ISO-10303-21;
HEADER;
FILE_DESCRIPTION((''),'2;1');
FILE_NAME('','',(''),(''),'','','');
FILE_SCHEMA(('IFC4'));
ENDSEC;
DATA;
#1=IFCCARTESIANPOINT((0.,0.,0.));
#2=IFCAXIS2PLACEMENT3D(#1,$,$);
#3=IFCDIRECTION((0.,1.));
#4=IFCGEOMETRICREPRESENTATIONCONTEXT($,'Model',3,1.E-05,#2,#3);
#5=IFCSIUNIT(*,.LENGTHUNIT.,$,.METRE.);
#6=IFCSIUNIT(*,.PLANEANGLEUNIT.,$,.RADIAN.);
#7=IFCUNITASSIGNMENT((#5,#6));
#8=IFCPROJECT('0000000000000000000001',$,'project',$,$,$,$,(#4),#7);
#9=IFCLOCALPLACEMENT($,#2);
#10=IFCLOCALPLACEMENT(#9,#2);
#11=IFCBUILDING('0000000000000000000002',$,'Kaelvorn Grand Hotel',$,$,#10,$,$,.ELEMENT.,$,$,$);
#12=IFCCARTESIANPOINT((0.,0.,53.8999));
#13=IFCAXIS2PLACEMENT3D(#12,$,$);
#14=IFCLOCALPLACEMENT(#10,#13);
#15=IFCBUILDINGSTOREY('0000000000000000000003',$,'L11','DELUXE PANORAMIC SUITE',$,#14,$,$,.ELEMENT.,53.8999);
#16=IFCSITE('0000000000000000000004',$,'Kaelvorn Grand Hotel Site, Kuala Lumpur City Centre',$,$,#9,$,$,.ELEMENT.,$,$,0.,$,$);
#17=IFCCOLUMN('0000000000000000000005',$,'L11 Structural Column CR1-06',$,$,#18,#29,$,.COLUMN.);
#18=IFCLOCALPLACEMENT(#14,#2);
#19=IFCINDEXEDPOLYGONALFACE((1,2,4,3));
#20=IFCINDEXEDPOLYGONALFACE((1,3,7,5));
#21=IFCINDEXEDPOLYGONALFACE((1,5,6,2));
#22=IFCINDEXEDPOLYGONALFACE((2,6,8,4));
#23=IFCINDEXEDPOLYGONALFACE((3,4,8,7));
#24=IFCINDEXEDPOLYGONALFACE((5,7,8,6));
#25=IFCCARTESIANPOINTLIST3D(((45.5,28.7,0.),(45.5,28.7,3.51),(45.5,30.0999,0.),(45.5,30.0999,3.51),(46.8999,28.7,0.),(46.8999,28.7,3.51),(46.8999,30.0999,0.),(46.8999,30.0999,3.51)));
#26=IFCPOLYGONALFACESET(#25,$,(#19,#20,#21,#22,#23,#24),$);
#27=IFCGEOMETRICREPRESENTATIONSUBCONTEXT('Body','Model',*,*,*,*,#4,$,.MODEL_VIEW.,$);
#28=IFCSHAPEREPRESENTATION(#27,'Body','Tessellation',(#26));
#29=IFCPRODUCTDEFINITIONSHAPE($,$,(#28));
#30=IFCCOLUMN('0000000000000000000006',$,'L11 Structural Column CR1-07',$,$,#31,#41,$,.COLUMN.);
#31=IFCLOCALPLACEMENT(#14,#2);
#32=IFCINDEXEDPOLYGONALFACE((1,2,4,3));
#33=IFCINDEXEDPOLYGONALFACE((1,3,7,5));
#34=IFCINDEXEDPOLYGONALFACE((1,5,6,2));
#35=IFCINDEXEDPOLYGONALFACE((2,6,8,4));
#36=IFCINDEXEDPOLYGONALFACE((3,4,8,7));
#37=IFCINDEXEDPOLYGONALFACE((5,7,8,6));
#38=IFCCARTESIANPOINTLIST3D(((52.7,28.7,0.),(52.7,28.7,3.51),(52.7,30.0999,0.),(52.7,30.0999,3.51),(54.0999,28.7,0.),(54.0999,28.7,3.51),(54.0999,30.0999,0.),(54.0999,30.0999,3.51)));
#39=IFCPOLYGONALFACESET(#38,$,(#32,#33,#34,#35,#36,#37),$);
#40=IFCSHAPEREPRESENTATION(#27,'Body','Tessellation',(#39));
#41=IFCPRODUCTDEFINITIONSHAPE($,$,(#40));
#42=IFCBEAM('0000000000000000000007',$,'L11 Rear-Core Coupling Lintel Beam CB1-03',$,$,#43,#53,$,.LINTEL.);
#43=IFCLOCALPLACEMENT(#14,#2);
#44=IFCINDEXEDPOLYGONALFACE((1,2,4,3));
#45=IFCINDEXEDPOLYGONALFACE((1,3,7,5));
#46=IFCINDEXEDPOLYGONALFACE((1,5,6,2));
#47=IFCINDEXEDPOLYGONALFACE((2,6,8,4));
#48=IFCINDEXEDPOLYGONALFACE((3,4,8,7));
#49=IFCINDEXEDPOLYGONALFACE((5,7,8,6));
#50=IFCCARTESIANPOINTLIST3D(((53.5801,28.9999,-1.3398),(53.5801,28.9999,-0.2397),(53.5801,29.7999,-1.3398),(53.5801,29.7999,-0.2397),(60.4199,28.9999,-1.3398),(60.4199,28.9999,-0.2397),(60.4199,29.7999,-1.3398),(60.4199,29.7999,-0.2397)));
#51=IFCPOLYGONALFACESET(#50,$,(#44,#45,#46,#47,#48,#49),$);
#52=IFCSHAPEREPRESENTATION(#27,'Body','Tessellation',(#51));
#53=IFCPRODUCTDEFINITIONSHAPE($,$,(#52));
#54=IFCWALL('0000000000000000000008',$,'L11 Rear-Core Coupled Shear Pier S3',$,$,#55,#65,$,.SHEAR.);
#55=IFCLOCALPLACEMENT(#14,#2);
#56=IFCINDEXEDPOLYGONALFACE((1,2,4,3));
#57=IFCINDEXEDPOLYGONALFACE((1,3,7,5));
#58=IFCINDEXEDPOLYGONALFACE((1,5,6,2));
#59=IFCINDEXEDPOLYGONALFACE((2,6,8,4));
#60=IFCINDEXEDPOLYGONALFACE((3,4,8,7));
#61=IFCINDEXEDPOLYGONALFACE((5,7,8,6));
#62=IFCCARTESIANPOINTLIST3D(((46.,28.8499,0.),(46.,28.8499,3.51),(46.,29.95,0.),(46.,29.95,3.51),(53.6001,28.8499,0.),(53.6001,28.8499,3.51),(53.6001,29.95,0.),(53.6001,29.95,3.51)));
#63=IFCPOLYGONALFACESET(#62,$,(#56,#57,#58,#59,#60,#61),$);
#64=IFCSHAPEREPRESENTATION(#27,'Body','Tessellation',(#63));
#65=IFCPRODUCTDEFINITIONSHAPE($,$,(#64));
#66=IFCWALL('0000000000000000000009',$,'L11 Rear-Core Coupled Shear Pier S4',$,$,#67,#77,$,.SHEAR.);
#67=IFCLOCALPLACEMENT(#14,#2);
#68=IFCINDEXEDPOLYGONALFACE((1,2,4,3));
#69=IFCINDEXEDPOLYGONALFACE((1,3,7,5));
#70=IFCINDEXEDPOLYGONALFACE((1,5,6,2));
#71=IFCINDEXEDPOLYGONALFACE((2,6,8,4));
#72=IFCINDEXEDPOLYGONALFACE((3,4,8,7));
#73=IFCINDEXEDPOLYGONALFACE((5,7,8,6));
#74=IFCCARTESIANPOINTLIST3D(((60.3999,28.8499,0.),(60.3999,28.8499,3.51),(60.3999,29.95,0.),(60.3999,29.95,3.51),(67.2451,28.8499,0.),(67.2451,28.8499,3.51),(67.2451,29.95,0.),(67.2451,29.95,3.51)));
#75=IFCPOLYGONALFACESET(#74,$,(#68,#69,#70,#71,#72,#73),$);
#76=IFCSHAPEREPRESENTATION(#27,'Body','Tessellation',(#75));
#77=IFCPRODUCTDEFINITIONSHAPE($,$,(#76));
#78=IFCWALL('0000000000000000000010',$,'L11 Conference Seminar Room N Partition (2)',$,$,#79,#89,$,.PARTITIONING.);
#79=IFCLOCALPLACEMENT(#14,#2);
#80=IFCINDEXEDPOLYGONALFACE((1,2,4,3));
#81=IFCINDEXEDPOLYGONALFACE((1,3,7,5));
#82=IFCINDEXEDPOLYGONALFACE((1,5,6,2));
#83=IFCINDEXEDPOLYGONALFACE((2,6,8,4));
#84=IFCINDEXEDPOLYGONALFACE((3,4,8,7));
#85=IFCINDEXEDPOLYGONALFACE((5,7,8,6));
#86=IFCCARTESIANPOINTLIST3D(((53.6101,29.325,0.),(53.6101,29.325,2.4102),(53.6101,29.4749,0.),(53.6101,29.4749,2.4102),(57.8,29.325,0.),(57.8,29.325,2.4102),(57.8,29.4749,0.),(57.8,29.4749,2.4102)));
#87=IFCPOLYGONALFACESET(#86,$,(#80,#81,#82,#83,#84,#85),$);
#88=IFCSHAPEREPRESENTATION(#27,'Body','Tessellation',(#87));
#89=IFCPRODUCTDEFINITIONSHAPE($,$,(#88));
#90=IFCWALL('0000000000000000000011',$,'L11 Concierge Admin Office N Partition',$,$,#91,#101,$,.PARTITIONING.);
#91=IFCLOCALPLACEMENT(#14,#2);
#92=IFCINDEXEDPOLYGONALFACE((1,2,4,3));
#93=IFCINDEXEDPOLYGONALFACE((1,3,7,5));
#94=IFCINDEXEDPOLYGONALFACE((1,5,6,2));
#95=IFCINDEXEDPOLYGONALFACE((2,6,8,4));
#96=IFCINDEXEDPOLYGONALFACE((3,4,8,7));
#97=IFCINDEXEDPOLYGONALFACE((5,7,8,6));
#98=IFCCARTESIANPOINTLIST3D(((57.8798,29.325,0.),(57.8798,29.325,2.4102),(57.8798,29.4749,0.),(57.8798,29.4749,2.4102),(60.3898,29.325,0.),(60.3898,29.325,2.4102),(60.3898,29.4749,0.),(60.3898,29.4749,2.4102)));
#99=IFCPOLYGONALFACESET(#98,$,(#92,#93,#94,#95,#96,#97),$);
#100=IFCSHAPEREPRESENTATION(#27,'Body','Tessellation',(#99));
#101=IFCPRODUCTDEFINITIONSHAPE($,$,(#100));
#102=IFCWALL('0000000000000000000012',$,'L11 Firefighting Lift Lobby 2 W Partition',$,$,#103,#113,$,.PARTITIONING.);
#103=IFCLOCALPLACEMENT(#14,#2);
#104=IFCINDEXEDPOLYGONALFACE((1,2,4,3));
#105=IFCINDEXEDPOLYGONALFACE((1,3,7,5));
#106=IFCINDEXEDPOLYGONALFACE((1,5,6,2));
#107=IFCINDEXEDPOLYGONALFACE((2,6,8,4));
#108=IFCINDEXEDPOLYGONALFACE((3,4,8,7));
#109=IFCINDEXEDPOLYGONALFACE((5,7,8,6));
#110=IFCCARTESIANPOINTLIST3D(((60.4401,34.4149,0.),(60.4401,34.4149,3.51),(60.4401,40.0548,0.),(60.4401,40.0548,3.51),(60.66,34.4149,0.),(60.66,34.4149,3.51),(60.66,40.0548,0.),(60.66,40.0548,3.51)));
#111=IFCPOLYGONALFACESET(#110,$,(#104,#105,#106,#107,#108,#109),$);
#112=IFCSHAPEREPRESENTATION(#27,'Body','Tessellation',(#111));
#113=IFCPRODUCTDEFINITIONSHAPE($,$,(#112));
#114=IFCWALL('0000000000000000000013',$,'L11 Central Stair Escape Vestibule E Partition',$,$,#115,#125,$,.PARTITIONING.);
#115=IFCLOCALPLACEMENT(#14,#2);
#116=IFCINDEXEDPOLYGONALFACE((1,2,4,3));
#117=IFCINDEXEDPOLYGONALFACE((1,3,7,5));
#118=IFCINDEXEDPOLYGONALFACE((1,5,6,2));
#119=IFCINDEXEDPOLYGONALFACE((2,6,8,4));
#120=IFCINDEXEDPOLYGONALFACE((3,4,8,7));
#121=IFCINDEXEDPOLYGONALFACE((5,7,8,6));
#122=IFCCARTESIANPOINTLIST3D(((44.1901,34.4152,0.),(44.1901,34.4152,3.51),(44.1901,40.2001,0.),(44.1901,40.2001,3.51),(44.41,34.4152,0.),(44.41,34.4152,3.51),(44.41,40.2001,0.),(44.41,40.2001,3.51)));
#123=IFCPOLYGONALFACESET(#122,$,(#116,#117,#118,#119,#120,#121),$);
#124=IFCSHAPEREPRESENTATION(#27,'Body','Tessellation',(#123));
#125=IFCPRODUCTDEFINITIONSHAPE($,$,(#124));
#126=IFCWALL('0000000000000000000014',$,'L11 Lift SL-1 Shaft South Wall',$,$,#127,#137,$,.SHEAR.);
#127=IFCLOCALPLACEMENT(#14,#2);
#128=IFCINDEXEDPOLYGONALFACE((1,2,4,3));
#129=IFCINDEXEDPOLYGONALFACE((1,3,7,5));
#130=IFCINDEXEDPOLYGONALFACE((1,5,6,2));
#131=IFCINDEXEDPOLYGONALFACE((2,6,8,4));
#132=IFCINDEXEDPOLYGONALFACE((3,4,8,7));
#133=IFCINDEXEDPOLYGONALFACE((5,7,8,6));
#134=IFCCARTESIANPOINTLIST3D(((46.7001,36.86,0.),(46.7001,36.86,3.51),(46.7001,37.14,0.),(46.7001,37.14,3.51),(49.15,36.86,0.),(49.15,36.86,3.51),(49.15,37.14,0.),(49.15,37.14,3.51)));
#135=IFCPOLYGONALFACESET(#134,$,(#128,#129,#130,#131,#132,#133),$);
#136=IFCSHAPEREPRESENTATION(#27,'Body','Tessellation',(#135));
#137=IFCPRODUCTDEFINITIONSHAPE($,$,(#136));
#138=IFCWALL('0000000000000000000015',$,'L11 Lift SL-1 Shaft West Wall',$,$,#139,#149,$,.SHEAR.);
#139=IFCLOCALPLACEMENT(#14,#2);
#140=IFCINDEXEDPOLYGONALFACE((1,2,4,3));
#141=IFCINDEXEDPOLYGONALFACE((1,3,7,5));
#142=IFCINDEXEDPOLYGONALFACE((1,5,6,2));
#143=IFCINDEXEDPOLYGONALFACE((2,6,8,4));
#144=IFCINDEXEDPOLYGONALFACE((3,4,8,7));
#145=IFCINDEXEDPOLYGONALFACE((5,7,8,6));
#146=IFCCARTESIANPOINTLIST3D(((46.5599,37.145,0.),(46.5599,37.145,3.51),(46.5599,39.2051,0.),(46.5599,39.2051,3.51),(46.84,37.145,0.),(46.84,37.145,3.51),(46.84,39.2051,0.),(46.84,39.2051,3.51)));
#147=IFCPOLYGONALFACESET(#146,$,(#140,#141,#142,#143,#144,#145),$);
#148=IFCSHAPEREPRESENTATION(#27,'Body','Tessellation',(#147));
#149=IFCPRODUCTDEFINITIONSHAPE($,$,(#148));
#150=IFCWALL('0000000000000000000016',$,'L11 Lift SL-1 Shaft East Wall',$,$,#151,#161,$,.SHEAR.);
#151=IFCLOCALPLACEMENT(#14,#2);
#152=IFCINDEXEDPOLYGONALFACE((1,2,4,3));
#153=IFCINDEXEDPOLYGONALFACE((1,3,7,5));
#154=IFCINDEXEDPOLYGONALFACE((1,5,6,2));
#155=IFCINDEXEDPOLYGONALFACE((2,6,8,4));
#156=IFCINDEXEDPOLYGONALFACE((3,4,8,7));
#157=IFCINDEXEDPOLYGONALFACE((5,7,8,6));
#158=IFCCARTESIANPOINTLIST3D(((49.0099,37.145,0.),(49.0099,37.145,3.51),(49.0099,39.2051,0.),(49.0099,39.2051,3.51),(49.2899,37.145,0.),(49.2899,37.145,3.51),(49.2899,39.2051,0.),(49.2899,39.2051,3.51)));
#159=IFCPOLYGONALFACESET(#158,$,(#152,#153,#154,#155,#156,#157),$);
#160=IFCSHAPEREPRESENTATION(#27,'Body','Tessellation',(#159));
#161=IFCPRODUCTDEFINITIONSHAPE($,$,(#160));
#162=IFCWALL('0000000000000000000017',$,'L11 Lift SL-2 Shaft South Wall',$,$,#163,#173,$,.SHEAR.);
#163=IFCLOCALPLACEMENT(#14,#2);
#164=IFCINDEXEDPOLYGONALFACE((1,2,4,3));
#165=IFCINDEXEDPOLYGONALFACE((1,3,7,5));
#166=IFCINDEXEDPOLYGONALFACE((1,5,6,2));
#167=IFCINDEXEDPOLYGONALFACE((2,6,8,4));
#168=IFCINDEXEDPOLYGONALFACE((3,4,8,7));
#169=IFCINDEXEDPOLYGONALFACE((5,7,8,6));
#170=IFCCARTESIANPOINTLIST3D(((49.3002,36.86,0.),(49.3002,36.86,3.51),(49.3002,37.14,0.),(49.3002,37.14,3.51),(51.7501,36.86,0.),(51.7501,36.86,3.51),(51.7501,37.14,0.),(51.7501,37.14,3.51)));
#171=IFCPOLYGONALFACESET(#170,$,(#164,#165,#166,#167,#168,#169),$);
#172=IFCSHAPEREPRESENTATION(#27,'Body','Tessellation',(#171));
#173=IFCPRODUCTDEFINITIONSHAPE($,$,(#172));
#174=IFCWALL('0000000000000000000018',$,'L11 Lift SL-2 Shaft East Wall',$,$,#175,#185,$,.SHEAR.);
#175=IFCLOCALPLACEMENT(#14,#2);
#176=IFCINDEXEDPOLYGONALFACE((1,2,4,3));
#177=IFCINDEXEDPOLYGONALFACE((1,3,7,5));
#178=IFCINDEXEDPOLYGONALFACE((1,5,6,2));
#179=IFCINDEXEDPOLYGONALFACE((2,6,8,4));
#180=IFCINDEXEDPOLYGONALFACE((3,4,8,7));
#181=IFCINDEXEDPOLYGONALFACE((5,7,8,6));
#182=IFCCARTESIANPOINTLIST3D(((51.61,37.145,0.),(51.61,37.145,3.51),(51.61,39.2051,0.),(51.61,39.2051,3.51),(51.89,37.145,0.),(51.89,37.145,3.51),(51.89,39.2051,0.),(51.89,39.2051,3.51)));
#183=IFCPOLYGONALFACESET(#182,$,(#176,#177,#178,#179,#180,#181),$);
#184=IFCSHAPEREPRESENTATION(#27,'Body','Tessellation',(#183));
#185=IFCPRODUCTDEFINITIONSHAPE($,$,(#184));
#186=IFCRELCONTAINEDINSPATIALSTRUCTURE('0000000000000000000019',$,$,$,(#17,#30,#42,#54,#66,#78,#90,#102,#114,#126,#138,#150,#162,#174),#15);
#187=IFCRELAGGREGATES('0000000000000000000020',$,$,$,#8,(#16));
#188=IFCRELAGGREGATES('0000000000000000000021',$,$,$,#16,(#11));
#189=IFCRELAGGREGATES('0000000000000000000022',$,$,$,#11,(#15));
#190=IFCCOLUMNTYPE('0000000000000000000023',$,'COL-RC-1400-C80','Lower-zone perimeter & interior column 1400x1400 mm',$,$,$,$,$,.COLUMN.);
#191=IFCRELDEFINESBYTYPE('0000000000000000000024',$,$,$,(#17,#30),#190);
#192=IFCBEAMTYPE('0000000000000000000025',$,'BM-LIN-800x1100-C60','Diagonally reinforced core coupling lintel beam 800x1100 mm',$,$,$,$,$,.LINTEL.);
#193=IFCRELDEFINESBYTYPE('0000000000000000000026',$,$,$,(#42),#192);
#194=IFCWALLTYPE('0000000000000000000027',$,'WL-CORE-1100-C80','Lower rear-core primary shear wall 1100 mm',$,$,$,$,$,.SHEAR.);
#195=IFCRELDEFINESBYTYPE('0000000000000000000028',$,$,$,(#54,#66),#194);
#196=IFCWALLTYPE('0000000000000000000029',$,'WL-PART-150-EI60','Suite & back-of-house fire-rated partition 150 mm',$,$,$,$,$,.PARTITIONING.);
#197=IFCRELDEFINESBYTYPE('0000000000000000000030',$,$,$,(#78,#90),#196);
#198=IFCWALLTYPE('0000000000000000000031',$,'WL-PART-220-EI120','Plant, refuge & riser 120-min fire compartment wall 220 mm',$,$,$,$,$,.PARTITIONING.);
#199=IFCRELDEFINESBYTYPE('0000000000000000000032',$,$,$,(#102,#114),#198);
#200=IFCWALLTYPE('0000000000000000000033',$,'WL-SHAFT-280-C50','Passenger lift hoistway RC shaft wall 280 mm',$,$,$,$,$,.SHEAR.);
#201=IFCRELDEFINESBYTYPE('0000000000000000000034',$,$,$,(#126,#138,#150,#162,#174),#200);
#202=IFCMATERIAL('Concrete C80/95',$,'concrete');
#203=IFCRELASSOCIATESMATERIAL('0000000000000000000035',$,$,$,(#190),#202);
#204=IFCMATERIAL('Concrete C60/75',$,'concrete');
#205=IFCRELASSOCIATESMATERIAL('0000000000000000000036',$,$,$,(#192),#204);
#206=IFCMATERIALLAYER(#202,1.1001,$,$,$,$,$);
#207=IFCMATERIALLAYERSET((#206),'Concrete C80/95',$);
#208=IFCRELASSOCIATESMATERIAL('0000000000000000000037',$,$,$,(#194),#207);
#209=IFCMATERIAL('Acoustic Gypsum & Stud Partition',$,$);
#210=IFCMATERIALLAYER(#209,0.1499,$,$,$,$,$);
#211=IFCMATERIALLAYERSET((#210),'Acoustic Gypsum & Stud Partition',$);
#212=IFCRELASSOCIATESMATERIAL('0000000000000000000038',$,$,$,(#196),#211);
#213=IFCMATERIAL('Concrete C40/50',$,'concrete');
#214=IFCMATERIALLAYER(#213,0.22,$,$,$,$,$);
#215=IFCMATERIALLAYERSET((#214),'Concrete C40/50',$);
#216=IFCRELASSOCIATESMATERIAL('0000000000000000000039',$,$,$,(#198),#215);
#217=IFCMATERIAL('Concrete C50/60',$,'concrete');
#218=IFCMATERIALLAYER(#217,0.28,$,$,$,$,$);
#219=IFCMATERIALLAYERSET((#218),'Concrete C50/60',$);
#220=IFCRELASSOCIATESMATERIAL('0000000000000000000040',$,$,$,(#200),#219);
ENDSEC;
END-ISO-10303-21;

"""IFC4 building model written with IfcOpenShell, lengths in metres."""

from ifc_helpers import new_model, si_unit, direction, frame, frame_2d, origin, origin_2d, place, context, subcontext, project, spatial, rectangle, extrude, material, layer, layer_set, material_profile, profile_set, type_object, element, save


model = new_model("IFC4")

# Units and contexts
model_context = context("Model", 3, precision=1e-05, world=origin(), true_north=direction((0.0, 1.0)))
body_context = subcontext(model_context, "Body", "Model", "MODEL_VIEW")
ifc_project = project(units=[si_unit("LENGTHUNIT", "METRE"), si_unit("PLANEANGLEUNIT", "RADIAN")], contexts=[model_context])

# Site, building, storey
site_placement = place(None, origin())
site = spatial("IfcSite", under=ifc_project, at=site_placement, Name="Kaelvorn Grand Hotel Site, Kuala Lumpur City Centre", CompositionType="ELEMENT", RefElevation=0.0)
building_placement = place(site_placement, origin())
building = spatial("IfcBuilding", under=site, at=building_placement, Name="Kaelvorn Grand Hotel", CompositionType="ELEMENT")
storey_placement = place(building_placement, frame((0.0, 0.0, 53.8999)))
storey = spatial("IfcBuildingStorey", under=building, at=storey_placement, Name="L11", Description="DELUXE PANORAMIC SUITE", CompositionType="ELEMENT", Elevation=53.8999)

# Columns
ifc_material_1 = material(Name="Concrete C80/95", Category="concrete")
ifc_material_profile_1 = material_profile(ifc_material_1, rectangle(XDim=1.3999, YDim=1.3999, at=origin_2d()), Name="RC COL 1400x1400")
ifc_profile_set_1 = profile_set([ifc_material_profile_1], Name="Concrete C80/95")
column_type = type_object("IfcColumnType", Name="COL-RC-1400-C80", Description="Lower-zone perimeter & interior column 1400x1400 mm", PredefinedType="COLUMN", material=ifc_profile_set_1)
for number, where, z_axis, x_axis, name in (
    (1, (46.2, 29.3999, 0.0), (0.0, 0.0, 1.0), (1.0, 0.0, 0.0), "L11 Structural Column CR1-06"),
    (2, (53.3999, 29.3999, 0.0), (0.0, 0.0, 1.0), (1.0, 0.0, 0.0), "L11 Structural Column CR1-07"),
):
    element("IfcColumn", number, at=place(storey_placement, frame(where, z_axis=z_axis, x_axis=x_axis)), inside=storey, type_object=column_type, Name=name, PredefinedType="COLUMN", context=body_context, shape_type="SweptSolid", body=[
        extrude(rectangle(XDim=1.3999, YDim=1.3999, at=origin_2d()), origin(), (0.0, 0.0, 1.0), 3.51),
    ])

# Beam
ifc_material_2 = material(Name="Concrete C60/75", Category="concrete")
ifc_material_profile_2 = material_profile(ifc_material_2, rectangle(XDim=0.8, YDim=1.1001, at=origin_2d()), Name="RC LINTEL 800x1100")
ifc_profile_set_2 = profile_set([ifc_material_profile_2], Name="Concrete C60/75")
beam_type = type_object("IfcBeamType", Name="BM-LIN-800x1100-C60", Description="Diagonally reinforced core coupling lintel beam 800x1100 mm", PredefinedType="LINTEL", material=ifc_profile_set_2)
beam_placement = place(storey_placement, frame((53.5801, 29.3999, -0.7898), z_axis=(1.0, 0.0, 0.0), x_axis=(0.0, 1.0, 0.0)))
element("IfcBeam", 3, at=beam_placement, inside=storey, type_object=beam_type, Name="L11 Rear-Core Coupling Lintel Beam CB1-03", PredefinedType="LINTEL", context=body_context, shape_type="SweptSolid", body=[
    extrude(rectangle(XDim=0.8, YDim=1.1001, at=origin_2d()), origin(), (0.0, 0.0, 1.0), 6.8398),
])

# Walls
ifc_layer_1 = layer(ifc_material_1, 1.1001)
ifc_layer_set_1 = layer_set([ifc_layer_1], Name="Concrete C80/95")
wall_type_1 = type_object("IfcWallType", Name="WL-CORE-1100-C80", Description="Lower rear-core primary shear wall 1100 mm", PredefinedType="SHEAR", material=ifc_layer_set_1)
wall_1_placement = place(storey_placement, frame((46.0, 29.3999, 0.0), z_axis=(0.0, 0.0, 1.0), x_axis=(1.0, 0.0, 0.0)))
element("IfcWall", 4, at=wall_1_placement, inside=storey, type_object=wall_type_1, Name="L11 Rear-Core Coupled Shear Pier S3", PredefinedType="SHEAR", context=body_context, shape_type="SweptSolid", body=[
    extrude(rectangle(XDim=7.6001, YDim=1.1001, at=frame_2d((3.8, 0.0))), origin(), (0.0, 0.0, 1.0), 3.51),
])
wall_2_placement = place(storey_placement, frame((60.3999, 29.3999, 0.0), z_axis=(0.0, 0.0, 1.0), x_axis=(1.0, 0.0, 0.0)))
element("IfcWall", 5, at=wall_2_placement, inside=storey, type_object=wall_type_1, Name="L11 Rear-Core Coupled Shear Pier S4", PredefinedType="SHEAR", context=body_context, shape_type="SweptSolid", body=[
    extrude(rectangle(XDim=6.8452, YDim=1.1001, at=frame_2d((3.4226, 0.0))), origin(), (0.0, 0.0, 1.0), 3.51),
])
ifc_material_3 = material(Name="Acoustic Gypsum & Stud Partition")
ifc_layer_2 = layer(ifc_material_3, 0.1499)
ifc_layer_set_2 = layer_set([ifc_layer_2], Name="Acoustic Gypsum & Stud Partition")
wall_type_2 = type_object("IfcWallType", Name="WL-PART-150-EI60", Description="Suite & back-of-house fire-rated partition 150 mm", PredefinedType="PARTITIONING", material=ifc_layer_set_2)
wall_3_placement = place(storey_placement, frame((53.6101, 29.3999, 0.0), z_axis=(0.0, 0.0, 1.0), x_axis=(1.0, 0.0, 0.0)))
element("IfcWall", 6, at=wall_3_placement, inside=storey, type_object=wall_type_2, Name="L11 Conference Seminar Room N Partition (2)", PredefinedType="PARTITIONING", context=body_context, shape_type="SweptSolid", body=[
    extrude(rectangle(XDim=4.1899, YDim=0.1499, at=frame_2d((2.095, 0.0))), origin(), (0.0, 0.0, 1.0), 2.4102),
])
wall_4_placement = place(storey_placement, frame((57.8799, 29.3999, 0.0), z_axis=(0.0, 0.0, 1.0), x_axis=(1.0, 0.0, 0.0)))
element("IfcWall", 7, at=wall_4_placement, inside=storey, type_object=wall_type_2, Name="L11 Concierge Admin Office N Partition", PredefinedType="PARTITIONING", context=body_context, shape_type="SweptSolid", body=[
    extrude(rectangle(XDim=2.51, YDim=0.1499, at=frame_2d((1.2549, 0.0))), origin(), (0.0, 0.0, 1.0), 2.4102),
])

# Shared definitions
ifc_material_4 = material(Name="Concrete C40/50", Category="concrete")
ifc_layer_3 = layer(ifc_material_4, 0.22)
ifc_layer_set_3 = layer_set([ifc_layer_3], Name="Concrete C40/50")
wall_type_3 = type_object("IfcWallType", Name="WL-PART-220-EI120", Description="Plant, refuge & riser 120-min fire compartment wall 220 mm", PredefinedType="PARTITIONING", material=ifc_layer_set_3)

# Walls
wall_5_placement = place(storey_placement, frame((60.55, 34.415, 0.0), z_axis=(0.0, 0.0, 1.0), x_axis=(0.0, 1.0, 0.0)))
element("IfcWall", 8, at=wall_5_placement, inside=storey, type_object=wall_type_3, Name="L11 Firefighting Lift Lobby 2 W Partition", PredefinedType="PARTITIONING", context=body_context, shape_type="SweptSolid", body=[
    extrude(rectangle(XDim=5.6399, YDim=0.22, at=frame_2d((2.8198, 0.0))), origin(), (0.0, 0.0, 1.0), 3.51),
])
wall_6_placement = place(storey_placement, frame((44.3, 34.415, 0.0), z_axis=(0.0, 0.0, 1.0), x_axis=(0.0, 1.0, 0.0)))
element("IfcWall", 9, at=wall_6_placement, inside=storey, type_object=wall_type_3, Name="L11 Central Stair Escape Vestibule E Partition", PredefinedType="PARTITIONING", context=body_context, shape_type="SweptSolid", body=[
    extrude(rectangle(XDim=5.7849, YDim=0.22, at=frame_2d((2.8926, 0.0))), origin(), (0.0, 0.0, 1.0), 3.51),
])
ifc_material_5 = material(Name="Concrete C50/60", Category="concrete")
ifc_layer_4 = layer(ifc_material_5, 0.28)
ifc_layer_set_4 = layer_set([ifc_layer_4], Name="Concrete C50/60")
wall_type_4 = type_object("IfcWallType", Name="WL-SHAFT-280-C50", Description="Passenger lift hoistway RC shaft wall 280 mm", PredefinedType="SHEAR", material=ifc_layer_set_4)
wall_7_placement = place(storey_placement, frame((46.7, 37.0, 0.0), z_axis=(0.0, 0.0, 1.0), x_axis=(1.0, 0.0, 0.0)))
element("IfcWall", 10, at=wall_7_placement, inside=storey, type_object=wall_type_4, Name="L11 Lift SL-1 Shaft South Wall", PredefinedType="SHEAR", context=body_context, shape_type="SweptSolid", body=[
    extrude(rectangle(XDim=2.45, YDim=0.28, at=frame_2d((1.2251, 0.0))), origin(), (0.0, 0.0, 1.0), 3.51),
])
for number, where, z_axis, x_axis, name in (
    (11, (46.7, 37.145, 0.0), (0.0, 0.0, 1.0), (0.0, 1.0, 0.0), "L11 Lift SL-1 Shaft West Wall"),
    (12, (49.1499, 37.145, 0.0), (0.0, 0.0, 1.0), (0.0, 1.0, 0.0), "L11 Lift SL-1 Shaft East Wall"),
):
    element("IfcWall", number, at=place(storey_placement, frame(where, z_axis=z_axis, x_axis=x_axis)), inside=storey, type_object=wall_type_4, Name=name, PredefinedType="SHEAR", context=body_context, shape_type="SweptSolid", body=[
        extrude(rectangle(XDim=2.0601, YDim=0.28, at=frame_2d((1.03, 0.0))), origin(), (0.0, 0.0, 1.0), 3.51),
    ])
wall_8_placement = place(storey_placement, frame((49.3, 37.0, 0.0), z_axis=(0.0, 0.0, 1.0), x_axis=(1.0, 0.0, 0.0)))
element("IfcWall", 13, at=wall_8_placement, inside=storey, type_object=wall_type_4, Name="L11 Lift SL-2 Shaft South Wall", PredefinedType="SHEAR", context=body_context, shape_type="SweptSolid", body=[
    extrude(rectangle(XDim=2.45, YDim=0.28, at=frame_2d((1.2251, 0.0))), origin(), (0.0, 0.0, 1.0), 3.51),
])
wall_9_placement = place(storey_placement, frame((51.75, 37.145, 0.0), z_axis=(0.0, 0.0, 1.0), x_axis=(0.0, 1.0, 0.0)))
element("IfcWall", 14, at=wall_9_placement, inside=storey, type_object=wall_type_4, Name="L11 Lift SL-2 Shaft East Wall", PredefinedType="SHEAR", context=body_context, shape_type="SweptSolid", body=[
    extrude(rectangle(XDim=2.0601, YDim=0.28, at=frame_2d((1.03, 0.0))), origin(), (0.0, 0.0, 1.0), 3.51),
])

save(model, "model.ifc")
